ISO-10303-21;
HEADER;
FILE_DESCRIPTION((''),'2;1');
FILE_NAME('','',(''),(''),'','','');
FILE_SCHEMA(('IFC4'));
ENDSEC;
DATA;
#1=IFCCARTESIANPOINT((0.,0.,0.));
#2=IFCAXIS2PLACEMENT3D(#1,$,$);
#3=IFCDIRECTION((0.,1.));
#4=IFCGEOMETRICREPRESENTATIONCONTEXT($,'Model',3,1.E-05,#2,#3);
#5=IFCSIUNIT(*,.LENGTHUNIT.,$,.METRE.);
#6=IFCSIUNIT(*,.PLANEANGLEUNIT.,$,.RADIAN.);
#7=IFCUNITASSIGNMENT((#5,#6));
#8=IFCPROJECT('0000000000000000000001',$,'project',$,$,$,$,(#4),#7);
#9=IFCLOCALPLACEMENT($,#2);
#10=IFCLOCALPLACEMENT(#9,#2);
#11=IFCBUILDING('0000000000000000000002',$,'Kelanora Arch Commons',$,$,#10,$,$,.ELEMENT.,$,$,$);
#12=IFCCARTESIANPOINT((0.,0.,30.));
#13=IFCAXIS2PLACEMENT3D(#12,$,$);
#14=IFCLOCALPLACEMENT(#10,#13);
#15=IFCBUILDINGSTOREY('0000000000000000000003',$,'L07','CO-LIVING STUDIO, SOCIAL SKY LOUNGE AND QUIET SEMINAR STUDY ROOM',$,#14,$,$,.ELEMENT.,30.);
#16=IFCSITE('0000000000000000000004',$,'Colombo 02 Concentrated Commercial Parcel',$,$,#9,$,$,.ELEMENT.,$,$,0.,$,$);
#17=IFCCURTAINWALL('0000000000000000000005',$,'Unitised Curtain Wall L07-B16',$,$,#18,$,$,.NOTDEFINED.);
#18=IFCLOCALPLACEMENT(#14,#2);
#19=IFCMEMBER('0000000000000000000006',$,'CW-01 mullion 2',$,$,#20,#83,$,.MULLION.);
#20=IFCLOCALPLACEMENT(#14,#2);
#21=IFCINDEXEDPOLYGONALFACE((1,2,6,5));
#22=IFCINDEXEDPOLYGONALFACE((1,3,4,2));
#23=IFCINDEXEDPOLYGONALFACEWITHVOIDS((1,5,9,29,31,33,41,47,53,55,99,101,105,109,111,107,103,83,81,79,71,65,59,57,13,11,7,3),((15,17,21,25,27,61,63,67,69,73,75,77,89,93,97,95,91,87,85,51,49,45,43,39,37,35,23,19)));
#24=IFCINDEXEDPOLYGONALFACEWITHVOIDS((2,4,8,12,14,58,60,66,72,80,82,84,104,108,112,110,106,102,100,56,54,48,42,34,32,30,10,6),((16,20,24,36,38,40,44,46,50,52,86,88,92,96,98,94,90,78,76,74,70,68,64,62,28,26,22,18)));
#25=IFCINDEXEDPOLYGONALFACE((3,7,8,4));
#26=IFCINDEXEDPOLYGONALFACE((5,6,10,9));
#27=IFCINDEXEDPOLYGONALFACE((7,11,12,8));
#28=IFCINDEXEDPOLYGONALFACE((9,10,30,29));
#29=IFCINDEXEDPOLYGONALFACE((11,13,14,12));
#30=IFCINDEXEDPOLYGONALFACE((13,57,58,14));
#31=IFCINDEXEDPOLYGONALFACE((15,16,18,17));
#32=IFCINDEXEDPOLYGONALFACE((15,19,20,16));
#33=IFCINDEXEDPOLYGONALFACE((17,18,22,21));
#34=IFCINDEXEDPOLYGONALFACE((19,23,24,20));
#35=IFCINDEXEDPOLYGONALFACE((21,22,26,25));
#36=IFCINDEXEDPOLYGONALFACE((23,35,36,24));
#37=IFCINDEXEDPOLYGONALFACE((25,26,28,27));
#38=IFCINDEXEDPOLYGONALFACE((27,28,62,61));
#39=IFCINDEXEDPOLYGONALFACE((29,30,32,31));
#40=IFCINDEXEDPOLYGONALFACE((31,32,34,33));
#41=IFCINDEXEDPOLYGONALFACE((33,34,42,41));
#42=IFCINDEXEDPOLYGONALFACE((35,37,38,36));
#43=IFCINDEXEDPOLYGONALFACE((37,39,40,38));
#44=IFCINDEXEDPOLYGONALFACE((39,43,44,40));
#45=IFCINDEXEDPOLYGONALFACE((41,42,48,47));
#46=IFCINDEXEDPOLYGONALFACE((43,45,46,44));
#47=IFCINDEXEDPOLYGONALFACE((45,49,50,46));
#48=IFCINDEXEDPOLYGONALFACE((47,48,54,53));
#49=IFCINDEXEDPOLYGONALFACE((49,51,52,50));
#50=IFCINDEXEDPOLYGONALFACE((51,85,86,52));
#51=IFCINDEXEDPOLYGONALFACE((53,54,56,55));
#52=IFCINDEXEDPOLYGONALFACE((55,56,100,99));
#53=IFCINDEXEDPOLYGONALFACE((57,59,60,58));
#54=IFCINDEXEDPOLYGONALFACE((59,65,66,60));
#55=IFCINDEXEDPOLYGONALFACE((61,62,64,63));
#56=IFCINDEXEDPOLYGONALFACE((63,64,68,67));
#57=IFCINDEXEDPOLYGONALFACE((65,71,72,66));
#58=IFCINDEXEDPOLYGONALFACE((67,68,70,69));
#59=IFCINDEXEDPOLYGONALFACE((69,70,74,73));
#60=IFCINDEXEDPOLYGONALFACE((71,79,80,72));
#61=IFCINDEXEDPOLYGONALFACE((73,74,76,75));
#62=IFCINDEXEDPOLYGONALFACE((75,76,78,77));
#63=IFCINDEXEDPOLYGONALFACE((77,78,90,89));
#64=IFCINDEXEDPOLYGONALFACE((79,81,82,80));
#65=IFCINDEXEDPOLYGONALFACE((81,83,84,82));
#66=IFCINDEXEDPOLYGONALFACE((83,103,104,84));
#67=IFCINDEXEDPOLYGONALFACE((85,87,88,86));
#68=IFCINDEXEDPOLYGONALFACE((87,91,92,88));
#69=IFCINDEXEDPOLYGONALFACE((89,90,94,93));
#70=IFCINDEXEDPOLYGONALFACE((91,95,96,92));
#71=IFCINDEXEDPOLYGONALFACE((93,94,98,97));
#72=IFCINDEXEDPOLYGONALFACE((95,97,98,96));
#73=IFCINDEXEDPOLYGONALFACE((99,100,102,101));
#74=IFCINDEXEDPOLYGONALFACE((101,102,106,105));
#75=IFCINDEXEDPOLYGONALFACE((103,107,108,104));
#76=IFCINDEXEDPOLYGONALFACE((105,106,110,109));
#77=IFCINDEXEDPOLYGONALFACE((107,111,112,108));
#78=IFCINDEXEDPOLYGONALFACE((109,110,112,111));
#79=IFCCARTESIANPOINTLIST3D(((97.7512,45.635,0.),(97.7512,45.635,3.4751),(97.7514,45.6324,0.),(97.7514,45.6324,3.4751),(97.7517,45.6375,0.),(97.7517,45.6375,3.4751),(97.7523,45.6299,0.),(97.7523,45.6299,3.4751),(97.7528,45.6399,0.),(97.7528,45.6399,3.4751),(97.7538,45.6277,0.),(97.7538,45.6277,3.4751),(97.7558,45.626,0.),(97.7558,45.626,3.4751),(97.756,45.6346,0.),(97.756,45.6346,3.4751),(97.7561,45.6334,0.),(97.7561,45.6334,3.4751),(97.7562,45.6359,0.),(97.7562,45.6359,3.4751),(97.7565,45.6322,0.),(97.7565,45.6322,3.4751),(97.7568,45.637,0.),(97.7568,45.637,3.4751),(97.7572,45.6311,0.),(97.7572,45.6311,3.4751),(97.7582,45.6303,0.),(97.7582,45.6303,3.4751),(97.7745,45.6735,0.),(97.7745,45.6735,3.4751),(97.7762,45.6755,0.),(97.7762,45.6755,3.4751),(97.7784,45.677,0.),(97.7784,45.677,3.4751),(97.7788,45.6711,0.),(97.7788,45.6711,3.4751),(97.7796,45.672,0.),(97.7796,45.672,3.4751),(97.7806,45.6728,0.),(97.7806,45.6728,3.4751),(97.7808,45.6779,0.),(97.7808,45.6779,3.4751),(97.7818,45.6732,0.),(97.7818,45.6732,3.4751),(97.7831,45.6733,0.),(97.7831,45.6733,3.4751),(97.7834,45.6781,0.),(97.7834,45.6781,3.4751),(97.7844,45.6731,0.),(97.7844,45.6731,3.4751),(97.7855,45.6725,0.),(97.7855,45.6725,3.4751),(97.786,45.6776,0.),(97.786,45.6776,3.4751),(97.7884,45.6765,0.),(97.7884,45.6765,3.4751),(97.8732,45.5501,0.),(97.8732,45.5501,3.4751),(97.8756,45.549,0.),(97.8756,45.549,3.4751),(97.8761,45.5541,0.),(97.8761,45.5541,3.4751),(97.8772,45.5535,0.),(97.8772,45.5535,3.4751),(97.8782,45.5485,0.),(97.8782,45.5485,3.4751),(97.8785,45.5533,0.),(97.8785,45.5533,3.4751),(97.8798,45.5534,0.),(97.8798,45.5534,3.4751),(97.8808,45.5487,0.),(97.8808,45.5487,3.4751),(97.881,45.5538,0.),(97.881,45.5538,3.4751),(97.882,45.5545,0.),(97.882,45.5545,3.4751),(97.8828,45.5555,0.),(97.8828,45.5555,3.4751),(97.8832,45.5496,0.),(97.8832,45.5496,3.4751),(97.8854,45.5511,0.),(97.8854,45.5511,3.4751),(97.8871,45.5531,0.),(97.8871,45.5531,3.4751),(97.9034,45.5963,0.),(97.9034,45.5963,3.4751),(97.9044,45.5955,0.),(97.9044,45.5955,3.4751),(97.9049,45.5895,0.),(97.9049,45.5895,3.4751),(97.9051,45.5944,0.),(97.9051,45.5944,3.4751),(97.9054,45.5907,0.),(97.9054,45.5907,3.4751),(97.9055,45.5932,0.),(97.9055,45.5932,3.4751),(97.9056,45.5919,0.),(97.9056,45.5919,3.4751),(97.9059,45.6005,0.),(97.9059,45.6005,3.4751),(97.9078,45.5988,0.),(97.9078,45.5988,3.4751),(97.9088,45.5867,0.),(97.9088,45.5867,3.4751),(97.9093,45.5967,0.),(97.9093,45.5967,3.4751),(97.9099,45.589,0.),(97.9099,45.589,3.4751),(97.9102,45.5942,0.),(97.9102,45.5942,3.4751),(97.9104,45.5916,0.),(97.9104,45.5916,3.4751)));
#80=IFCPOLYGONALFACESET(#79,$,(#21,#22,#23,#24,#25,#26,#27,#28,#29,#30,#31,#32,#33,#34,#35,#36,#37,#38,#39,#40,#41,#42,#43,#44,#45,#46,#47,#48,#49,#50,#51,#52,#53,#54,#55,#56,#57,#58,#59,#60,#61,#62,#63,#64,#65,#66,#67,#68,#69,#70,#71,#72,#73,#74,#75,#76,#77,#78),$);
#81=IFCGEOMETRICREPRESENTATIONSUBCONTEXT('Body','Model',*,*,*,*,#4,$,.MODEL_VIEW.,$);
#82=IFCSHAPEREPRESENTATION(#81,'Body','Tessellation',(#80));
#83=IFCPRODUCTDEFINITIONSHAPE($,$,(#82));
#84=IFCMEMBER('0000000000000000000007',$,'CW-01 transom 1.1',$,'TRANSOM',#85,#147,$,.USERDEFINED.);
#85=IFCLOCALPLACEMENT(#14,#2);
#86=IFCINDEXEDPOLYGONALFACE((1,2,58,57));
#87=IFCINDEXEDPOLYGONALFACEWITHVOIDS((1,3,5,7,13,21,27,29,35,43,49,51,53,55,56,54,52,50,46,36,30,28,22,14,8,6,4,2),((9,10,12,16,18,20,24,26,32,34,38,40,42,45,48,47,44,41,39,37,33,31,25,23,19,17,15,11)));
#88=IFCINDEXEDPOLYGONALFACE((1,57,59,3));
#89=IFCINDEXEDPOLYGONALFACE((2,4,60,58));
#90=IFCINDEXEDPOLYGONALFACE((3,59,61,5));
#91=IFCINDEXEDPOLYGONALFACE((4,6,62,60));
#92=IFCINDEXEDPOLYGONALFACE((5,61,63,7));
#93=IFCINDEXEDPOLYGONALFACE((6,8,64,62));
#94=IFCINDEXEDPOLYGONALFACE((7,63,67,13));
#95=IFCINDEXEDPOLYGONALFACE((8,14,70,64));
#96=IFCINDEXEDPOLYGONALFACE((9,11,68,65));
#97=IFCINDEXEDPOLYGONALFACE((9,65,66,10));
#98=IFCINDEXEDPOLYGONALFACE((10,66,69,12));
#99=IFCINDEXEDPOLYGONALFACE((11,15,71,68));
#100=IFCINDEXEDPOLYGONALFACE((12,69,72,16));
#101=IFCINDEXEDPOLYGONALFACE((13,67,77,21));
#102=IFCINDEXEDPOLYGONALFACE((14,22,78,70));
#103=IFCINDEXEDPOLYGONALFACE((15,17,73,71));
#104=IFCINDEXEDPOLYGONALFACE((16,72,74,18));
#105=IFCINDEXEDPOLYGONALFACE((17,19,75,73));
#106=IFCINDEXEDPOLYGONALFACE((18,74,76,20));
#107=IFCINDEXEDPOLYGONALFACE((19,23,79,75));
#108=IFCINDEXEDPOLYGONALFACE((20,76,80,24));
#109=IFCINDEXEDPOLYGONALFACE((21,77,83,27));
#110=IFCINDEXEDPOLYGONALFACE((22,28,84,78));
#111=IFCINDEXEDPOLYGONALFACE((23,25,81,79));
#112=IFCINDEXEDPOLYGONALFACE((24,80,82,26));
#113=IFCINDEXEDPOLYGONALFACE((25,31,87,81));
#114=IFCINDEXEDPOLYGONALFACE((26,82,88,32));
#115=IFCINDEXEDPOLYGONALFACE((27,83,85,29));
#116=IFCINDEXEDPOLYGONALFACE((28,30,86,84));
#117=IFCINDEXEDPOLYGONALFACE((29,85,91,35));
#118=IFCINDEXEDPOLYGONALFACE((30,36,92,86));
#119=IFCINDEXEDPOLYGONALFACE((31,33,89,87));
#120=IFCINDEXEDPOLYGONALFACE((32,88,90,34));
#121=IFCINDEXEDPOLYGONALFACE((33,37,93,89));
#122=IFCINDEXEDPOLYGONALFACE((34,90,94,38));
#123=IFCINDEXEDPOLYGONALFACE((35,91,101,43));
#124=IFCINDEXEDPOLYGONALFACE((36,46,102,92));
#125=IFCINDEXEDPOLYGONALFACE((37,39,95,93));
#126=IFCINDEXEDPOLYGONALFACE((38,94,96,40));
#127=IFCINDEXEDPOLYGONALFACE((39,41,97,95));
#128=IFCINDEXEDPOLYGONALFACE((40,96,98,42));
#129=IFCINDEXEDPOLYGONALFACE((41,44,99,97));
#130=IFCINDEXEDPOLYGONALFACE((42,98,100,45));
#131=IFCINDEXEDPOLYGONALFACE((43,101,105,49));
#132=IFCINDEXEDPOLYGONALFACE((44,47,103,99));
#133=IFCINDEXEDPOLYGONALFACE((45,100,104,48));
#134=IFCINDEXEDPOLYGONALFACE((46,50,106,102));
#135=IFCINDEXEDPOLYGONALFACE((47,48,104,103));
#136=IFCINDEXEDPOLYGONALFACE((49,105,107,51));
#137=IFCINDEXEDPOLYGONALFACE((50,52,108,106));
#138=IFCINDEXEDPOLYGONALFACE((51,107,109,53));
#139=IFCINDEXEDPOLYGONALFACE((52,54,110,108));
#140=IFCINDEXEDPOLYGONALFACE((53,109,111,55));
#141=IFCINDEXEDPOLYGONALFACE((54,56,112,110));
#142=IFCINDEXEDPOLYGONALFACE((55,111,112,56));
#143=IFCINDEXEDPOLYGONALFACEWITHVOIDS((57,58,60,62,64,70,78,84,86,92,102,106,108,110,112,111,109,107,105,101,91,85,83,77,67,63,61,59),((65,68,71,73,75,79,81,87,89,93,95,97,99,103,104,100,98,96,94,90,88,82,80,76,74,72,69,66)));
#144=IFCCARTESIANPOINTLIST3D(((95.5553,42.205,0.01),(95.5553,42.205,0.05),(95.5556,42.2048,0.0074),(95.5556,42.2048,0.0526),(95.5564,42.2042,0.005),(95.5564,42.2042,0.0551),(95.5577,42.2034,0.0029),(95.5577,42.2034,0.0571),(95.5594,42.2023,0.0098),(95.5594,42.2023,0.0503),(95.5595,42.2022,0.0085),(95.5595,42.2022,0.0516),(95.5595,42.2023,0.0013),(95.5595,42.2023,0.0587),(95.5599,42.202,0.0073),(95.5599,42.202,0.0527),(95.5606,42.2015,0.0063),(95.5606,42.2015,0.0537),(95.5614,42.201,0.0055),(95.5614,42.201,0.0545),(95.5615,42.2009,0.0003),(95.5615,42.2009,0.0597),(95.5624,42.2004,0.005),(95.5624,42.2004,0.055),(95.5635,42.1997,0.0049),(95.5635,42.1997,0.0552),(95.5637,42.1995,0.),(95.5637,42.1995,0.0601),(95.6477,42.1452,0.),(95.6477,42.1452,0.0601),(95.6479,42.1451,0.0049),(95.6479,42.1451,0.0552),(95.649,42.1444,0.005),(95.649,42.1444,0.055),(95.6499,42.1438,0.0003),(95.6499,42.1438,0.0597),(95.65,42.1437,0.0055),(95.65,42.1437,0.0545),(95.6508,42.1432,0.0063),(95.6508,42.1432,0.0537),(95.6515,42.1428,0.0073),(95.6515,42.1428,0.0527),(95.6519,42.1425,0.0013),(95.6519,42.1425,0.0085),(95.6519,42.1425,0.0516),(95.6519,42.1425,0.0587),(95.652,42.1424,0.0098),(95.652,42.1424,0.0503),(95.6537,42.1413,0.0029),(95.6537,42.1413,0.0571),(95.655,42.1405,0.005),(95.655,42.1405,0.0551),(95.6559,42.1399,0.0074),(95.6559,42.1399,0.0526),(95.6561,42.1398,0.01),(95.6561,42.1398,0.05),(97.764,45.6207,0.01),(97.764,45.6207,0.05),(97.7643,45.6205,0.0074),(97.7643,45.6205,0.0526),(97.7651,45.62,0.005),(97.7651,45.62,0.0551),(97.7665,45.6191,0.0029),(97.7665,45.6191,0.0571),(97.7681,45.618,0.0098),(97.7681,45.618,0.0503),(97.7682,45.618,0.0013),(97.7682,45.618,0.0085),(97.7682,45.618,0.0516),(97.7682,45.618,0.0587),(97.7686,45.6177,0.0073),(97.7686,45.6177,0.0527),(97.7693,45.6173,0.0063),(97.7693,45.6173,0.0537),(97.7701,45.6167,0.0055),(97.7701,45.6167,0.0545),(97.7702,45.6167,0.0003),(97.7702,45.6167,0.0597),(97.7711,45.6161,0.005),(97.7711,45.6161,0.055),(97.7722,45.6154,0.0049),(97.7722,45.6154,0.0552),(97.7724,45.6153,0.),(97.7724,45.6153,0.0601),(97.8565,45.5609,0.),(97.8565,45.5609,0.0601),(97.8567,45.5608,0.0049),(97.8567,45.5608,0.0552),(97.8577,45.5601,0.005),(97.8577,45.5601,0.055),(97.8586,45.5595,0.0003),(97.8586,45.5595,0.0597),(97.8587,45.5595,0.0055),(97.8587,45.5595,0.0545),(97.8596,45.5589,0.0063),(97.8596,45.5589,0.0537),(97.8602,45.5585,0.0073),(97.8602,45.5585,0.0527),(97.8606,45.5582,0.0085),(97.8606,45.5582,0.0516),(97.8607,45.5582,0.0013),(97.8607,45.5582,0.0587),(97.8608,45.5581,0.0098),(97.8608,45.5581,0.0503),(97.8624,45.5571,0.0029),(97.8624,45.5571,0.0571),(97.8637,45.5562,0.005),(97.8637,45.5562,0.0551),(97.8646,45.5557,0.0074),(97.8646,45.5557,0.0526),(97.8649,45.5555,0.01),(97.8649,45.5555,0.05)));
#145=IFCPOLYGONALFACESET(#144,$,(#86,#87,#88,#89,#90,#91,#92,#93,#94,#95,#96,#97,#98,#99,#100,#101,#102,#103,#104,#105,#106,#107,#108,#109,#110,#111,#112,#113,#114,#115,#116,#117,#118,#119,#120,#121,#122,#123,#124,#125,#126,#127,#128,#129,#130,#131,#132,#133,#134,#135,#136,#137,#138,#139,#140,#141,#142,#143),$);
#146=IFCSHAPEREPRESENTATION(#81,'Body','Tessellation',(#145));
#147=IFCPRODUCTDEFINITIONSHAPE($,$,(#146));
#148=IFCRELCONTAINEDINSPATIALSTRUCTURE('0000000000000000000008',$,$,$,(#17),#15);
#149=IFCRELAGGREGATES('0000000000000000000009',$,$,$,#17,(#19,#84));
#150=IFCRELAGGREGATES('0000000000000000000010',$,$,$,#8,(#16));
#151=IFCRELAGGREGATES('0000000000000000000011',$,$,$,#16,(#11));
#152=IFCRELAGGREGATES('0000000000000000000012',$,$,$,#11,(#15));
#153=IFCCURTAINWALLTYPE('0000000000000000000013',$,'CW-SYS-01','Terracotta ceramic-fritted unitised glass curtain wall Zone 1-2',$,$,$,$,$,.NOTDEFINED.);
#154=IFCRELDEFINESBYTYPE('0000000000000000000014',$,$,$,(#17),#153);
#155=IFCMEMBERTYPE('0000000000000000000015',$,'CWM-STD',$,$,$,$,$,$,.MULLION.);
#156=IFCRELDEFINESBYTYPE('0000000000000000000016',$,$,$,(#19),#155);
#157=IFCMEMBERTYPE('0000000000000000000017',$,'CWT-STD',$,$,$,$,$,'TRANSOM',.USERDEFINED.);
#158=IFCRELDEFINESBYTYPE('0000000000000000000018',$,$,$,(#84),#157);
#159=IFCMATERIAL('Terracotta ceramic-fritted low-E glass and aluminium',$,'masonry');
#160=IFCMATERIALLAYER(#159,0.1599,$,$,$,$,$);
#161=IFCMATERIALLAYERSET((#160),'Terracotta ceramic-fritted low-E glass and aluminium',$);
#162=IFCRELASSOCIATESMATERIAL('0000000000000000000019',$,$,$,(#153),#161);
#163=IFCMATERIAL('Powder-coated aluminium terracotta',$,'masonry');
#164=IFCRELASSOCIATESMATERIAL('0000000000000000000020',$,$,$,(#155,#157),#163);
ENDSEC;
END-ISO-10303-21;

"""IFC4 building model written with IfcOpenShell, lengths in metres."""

from ifc_helpers import new_model, si_unit, direction, frame, origin, origin_2d, place, context, subcontext, project, spatial, hollow_rectangle, extrude, material, layer, layer_set, material_profile, profile_set, type_object, element, aggregate, save


model = new_model("IFC4")

# Units and contexts
model_context = context("Model", 3, precision=1e-05, world=origin(), true_north=direction((0.0, 1.0)))
body_context = subcontext(model_context, "Body", "Model", "MODEL_VIEW")
ifc_project = project(units=[si_unit("LENGTHUNIT", "METRE"), si_unit("PLANEANGLEUNIT", "RADIAN")], contexts=[model_context])

# Site, building, storey
site_placement = place(None, origin())
site = spatial("IfcSite", under=ifc_project, at=site_placement, Name="Colombo 02 Concentrated Commercial Parcel", CompositionType="ELEMENT", RefElevation=0.0)
building_placement = place(site_placement, origin())
building = spatial("IfcBuilding", under=site, at=building_placement, Name="Kelanora Arch Commons", CompositionType="ELEMENT")
storey_placement = place(building_placement, frame((0.0, 0.0, 30.0)))
storey = spatial("IfcBuildingStorey", under=building, at=storey_placement, Name="L07", Description="CO-LIVING STUDIO, SOCIAL SKY LOUNGE AND QUIET SEMINAR STUDY ROOM", CompositionType="ELEMENT", Elevation=30.0)

# Shared definitions
ifc_material_1 = material(Name="Terracotta ceramic-fritted low-E glass and aluminium", Category="masonry")
ifc_layer_1 = layer(ifc_material_1, 0.1599)
ifc_layer_set_1 = layer_set([ifc_layer_1], Name="Terracotta ceramic-fritted low-E glass and aluminium")
curtain_wall_type = type_object("IfcCurtainWallType", Name="CW-SYS-01", Description="Terracotta ceramic-fritted unitised glass curtain wall Zone 1-2", PredefinedType="NOTDEFINED", material=ifc_layer_set_1)
ifc_material_2 = material(Name="Powder-coated aluminium terracotta", Category="masonry")
ifc_material_profile_1 = material_profile(ifc_material_2, hollow_rectangle(XDim=0.1599, YDim=0.0601, WallThickness=0.0049, InnerFilletRadius=0.0049, OuterFilletRadius=0.01, at=origin_2d()), Name="CWM160x60")
ifc_profile_set_1 = profile_set([ifc_material_profile_1], Name="Powder-coated aluminium terracotta")
member_type_1 = type_object("IfcMemberType", Name="CWM-STD", PredefinedType="MULLION", material=ifc_profile_set_1)

# Curtain wall, members
curtain_wall_1_placement = place(storey_placement, origin())
curtain_wall_1 = element("IfcCurtainWall", 1, at=curtain_wall_1_placement, inside=storey, type_object=curtain_wall_type, Name="Unitised Curtain Wall L07-B16", PredefinedType="NOTDEFINED")
member_1_placement = place(storey_placement, frame((97.8308, 45.6133, 0.0), z_axis=(0.0, 0.0, 1.0), x_axis=(-0.83973, 0.543004, 0.0)))
member_1 = element("IfcMember", 2, at=member_1_placement, type_object=member_type_1, Name="CW-01 mullion 2", PredefinedType="MULLION", context=body_context, shape_type="SweptSolid", body=[
    extrude(hollow_rectangle(XDim=0.1599, YDim=0.0601, WallThickness=0.0049, InnerFilletRadius=0.0049, OuterFilletRadius=0.01, at=origin_2d()), origin(), (0.0, 0.0, 1.0), 3.4751),
])
ifc_material_profile_2 = material_profile(ifc_material_2, hollow_rectangle(XDim=0.1201, YDim=0.0601, WallThickness=0.0049, InnerFilletRadius=0.0049, OuterFilletRadius=0.01, at=origin_2d()), Name="CWT120x60")
ifc_profile_set_2 = profile_set([ifc_material_profile_2], Name="Powder-coated aluminium terracotta")
member_type_2 = type_object("IfcMemberType", Name="CWT-STD", ElementType="TRANSOM", PredefinedType="USERDEFINED", material=ifc_profile_set_2)
member_2_placement = place(storey_placement, frame((95.6057, 42.1724, 0.03), z_axis=(0.542997, 0.839734, 0.0), x_axis=(-0.839734, 0.542997, 0.0)))
member_2 = element("IfcMember", 3, at=member_2_placement, type_object=member_type_2, Name="CW-01 transom 1.1", ObjectType="TRANSOM", PredefinedType="USERDEFINED", context=body_context, shape_type="SweptSolid", body=[
    extrude(hollow_rectangle(XDim=0.1201, YDim=0.0601, WallThickness=0.0049, InnerFilletRadius=0.0049, OuterFilletRadius=0.01, at=origin_2d()), origin(), (0.0, 0.0, 1.0), 4.0676),
])
aggregate(curtain_wall_1, [member_1, member_2])

save(model, "model.ifc")
